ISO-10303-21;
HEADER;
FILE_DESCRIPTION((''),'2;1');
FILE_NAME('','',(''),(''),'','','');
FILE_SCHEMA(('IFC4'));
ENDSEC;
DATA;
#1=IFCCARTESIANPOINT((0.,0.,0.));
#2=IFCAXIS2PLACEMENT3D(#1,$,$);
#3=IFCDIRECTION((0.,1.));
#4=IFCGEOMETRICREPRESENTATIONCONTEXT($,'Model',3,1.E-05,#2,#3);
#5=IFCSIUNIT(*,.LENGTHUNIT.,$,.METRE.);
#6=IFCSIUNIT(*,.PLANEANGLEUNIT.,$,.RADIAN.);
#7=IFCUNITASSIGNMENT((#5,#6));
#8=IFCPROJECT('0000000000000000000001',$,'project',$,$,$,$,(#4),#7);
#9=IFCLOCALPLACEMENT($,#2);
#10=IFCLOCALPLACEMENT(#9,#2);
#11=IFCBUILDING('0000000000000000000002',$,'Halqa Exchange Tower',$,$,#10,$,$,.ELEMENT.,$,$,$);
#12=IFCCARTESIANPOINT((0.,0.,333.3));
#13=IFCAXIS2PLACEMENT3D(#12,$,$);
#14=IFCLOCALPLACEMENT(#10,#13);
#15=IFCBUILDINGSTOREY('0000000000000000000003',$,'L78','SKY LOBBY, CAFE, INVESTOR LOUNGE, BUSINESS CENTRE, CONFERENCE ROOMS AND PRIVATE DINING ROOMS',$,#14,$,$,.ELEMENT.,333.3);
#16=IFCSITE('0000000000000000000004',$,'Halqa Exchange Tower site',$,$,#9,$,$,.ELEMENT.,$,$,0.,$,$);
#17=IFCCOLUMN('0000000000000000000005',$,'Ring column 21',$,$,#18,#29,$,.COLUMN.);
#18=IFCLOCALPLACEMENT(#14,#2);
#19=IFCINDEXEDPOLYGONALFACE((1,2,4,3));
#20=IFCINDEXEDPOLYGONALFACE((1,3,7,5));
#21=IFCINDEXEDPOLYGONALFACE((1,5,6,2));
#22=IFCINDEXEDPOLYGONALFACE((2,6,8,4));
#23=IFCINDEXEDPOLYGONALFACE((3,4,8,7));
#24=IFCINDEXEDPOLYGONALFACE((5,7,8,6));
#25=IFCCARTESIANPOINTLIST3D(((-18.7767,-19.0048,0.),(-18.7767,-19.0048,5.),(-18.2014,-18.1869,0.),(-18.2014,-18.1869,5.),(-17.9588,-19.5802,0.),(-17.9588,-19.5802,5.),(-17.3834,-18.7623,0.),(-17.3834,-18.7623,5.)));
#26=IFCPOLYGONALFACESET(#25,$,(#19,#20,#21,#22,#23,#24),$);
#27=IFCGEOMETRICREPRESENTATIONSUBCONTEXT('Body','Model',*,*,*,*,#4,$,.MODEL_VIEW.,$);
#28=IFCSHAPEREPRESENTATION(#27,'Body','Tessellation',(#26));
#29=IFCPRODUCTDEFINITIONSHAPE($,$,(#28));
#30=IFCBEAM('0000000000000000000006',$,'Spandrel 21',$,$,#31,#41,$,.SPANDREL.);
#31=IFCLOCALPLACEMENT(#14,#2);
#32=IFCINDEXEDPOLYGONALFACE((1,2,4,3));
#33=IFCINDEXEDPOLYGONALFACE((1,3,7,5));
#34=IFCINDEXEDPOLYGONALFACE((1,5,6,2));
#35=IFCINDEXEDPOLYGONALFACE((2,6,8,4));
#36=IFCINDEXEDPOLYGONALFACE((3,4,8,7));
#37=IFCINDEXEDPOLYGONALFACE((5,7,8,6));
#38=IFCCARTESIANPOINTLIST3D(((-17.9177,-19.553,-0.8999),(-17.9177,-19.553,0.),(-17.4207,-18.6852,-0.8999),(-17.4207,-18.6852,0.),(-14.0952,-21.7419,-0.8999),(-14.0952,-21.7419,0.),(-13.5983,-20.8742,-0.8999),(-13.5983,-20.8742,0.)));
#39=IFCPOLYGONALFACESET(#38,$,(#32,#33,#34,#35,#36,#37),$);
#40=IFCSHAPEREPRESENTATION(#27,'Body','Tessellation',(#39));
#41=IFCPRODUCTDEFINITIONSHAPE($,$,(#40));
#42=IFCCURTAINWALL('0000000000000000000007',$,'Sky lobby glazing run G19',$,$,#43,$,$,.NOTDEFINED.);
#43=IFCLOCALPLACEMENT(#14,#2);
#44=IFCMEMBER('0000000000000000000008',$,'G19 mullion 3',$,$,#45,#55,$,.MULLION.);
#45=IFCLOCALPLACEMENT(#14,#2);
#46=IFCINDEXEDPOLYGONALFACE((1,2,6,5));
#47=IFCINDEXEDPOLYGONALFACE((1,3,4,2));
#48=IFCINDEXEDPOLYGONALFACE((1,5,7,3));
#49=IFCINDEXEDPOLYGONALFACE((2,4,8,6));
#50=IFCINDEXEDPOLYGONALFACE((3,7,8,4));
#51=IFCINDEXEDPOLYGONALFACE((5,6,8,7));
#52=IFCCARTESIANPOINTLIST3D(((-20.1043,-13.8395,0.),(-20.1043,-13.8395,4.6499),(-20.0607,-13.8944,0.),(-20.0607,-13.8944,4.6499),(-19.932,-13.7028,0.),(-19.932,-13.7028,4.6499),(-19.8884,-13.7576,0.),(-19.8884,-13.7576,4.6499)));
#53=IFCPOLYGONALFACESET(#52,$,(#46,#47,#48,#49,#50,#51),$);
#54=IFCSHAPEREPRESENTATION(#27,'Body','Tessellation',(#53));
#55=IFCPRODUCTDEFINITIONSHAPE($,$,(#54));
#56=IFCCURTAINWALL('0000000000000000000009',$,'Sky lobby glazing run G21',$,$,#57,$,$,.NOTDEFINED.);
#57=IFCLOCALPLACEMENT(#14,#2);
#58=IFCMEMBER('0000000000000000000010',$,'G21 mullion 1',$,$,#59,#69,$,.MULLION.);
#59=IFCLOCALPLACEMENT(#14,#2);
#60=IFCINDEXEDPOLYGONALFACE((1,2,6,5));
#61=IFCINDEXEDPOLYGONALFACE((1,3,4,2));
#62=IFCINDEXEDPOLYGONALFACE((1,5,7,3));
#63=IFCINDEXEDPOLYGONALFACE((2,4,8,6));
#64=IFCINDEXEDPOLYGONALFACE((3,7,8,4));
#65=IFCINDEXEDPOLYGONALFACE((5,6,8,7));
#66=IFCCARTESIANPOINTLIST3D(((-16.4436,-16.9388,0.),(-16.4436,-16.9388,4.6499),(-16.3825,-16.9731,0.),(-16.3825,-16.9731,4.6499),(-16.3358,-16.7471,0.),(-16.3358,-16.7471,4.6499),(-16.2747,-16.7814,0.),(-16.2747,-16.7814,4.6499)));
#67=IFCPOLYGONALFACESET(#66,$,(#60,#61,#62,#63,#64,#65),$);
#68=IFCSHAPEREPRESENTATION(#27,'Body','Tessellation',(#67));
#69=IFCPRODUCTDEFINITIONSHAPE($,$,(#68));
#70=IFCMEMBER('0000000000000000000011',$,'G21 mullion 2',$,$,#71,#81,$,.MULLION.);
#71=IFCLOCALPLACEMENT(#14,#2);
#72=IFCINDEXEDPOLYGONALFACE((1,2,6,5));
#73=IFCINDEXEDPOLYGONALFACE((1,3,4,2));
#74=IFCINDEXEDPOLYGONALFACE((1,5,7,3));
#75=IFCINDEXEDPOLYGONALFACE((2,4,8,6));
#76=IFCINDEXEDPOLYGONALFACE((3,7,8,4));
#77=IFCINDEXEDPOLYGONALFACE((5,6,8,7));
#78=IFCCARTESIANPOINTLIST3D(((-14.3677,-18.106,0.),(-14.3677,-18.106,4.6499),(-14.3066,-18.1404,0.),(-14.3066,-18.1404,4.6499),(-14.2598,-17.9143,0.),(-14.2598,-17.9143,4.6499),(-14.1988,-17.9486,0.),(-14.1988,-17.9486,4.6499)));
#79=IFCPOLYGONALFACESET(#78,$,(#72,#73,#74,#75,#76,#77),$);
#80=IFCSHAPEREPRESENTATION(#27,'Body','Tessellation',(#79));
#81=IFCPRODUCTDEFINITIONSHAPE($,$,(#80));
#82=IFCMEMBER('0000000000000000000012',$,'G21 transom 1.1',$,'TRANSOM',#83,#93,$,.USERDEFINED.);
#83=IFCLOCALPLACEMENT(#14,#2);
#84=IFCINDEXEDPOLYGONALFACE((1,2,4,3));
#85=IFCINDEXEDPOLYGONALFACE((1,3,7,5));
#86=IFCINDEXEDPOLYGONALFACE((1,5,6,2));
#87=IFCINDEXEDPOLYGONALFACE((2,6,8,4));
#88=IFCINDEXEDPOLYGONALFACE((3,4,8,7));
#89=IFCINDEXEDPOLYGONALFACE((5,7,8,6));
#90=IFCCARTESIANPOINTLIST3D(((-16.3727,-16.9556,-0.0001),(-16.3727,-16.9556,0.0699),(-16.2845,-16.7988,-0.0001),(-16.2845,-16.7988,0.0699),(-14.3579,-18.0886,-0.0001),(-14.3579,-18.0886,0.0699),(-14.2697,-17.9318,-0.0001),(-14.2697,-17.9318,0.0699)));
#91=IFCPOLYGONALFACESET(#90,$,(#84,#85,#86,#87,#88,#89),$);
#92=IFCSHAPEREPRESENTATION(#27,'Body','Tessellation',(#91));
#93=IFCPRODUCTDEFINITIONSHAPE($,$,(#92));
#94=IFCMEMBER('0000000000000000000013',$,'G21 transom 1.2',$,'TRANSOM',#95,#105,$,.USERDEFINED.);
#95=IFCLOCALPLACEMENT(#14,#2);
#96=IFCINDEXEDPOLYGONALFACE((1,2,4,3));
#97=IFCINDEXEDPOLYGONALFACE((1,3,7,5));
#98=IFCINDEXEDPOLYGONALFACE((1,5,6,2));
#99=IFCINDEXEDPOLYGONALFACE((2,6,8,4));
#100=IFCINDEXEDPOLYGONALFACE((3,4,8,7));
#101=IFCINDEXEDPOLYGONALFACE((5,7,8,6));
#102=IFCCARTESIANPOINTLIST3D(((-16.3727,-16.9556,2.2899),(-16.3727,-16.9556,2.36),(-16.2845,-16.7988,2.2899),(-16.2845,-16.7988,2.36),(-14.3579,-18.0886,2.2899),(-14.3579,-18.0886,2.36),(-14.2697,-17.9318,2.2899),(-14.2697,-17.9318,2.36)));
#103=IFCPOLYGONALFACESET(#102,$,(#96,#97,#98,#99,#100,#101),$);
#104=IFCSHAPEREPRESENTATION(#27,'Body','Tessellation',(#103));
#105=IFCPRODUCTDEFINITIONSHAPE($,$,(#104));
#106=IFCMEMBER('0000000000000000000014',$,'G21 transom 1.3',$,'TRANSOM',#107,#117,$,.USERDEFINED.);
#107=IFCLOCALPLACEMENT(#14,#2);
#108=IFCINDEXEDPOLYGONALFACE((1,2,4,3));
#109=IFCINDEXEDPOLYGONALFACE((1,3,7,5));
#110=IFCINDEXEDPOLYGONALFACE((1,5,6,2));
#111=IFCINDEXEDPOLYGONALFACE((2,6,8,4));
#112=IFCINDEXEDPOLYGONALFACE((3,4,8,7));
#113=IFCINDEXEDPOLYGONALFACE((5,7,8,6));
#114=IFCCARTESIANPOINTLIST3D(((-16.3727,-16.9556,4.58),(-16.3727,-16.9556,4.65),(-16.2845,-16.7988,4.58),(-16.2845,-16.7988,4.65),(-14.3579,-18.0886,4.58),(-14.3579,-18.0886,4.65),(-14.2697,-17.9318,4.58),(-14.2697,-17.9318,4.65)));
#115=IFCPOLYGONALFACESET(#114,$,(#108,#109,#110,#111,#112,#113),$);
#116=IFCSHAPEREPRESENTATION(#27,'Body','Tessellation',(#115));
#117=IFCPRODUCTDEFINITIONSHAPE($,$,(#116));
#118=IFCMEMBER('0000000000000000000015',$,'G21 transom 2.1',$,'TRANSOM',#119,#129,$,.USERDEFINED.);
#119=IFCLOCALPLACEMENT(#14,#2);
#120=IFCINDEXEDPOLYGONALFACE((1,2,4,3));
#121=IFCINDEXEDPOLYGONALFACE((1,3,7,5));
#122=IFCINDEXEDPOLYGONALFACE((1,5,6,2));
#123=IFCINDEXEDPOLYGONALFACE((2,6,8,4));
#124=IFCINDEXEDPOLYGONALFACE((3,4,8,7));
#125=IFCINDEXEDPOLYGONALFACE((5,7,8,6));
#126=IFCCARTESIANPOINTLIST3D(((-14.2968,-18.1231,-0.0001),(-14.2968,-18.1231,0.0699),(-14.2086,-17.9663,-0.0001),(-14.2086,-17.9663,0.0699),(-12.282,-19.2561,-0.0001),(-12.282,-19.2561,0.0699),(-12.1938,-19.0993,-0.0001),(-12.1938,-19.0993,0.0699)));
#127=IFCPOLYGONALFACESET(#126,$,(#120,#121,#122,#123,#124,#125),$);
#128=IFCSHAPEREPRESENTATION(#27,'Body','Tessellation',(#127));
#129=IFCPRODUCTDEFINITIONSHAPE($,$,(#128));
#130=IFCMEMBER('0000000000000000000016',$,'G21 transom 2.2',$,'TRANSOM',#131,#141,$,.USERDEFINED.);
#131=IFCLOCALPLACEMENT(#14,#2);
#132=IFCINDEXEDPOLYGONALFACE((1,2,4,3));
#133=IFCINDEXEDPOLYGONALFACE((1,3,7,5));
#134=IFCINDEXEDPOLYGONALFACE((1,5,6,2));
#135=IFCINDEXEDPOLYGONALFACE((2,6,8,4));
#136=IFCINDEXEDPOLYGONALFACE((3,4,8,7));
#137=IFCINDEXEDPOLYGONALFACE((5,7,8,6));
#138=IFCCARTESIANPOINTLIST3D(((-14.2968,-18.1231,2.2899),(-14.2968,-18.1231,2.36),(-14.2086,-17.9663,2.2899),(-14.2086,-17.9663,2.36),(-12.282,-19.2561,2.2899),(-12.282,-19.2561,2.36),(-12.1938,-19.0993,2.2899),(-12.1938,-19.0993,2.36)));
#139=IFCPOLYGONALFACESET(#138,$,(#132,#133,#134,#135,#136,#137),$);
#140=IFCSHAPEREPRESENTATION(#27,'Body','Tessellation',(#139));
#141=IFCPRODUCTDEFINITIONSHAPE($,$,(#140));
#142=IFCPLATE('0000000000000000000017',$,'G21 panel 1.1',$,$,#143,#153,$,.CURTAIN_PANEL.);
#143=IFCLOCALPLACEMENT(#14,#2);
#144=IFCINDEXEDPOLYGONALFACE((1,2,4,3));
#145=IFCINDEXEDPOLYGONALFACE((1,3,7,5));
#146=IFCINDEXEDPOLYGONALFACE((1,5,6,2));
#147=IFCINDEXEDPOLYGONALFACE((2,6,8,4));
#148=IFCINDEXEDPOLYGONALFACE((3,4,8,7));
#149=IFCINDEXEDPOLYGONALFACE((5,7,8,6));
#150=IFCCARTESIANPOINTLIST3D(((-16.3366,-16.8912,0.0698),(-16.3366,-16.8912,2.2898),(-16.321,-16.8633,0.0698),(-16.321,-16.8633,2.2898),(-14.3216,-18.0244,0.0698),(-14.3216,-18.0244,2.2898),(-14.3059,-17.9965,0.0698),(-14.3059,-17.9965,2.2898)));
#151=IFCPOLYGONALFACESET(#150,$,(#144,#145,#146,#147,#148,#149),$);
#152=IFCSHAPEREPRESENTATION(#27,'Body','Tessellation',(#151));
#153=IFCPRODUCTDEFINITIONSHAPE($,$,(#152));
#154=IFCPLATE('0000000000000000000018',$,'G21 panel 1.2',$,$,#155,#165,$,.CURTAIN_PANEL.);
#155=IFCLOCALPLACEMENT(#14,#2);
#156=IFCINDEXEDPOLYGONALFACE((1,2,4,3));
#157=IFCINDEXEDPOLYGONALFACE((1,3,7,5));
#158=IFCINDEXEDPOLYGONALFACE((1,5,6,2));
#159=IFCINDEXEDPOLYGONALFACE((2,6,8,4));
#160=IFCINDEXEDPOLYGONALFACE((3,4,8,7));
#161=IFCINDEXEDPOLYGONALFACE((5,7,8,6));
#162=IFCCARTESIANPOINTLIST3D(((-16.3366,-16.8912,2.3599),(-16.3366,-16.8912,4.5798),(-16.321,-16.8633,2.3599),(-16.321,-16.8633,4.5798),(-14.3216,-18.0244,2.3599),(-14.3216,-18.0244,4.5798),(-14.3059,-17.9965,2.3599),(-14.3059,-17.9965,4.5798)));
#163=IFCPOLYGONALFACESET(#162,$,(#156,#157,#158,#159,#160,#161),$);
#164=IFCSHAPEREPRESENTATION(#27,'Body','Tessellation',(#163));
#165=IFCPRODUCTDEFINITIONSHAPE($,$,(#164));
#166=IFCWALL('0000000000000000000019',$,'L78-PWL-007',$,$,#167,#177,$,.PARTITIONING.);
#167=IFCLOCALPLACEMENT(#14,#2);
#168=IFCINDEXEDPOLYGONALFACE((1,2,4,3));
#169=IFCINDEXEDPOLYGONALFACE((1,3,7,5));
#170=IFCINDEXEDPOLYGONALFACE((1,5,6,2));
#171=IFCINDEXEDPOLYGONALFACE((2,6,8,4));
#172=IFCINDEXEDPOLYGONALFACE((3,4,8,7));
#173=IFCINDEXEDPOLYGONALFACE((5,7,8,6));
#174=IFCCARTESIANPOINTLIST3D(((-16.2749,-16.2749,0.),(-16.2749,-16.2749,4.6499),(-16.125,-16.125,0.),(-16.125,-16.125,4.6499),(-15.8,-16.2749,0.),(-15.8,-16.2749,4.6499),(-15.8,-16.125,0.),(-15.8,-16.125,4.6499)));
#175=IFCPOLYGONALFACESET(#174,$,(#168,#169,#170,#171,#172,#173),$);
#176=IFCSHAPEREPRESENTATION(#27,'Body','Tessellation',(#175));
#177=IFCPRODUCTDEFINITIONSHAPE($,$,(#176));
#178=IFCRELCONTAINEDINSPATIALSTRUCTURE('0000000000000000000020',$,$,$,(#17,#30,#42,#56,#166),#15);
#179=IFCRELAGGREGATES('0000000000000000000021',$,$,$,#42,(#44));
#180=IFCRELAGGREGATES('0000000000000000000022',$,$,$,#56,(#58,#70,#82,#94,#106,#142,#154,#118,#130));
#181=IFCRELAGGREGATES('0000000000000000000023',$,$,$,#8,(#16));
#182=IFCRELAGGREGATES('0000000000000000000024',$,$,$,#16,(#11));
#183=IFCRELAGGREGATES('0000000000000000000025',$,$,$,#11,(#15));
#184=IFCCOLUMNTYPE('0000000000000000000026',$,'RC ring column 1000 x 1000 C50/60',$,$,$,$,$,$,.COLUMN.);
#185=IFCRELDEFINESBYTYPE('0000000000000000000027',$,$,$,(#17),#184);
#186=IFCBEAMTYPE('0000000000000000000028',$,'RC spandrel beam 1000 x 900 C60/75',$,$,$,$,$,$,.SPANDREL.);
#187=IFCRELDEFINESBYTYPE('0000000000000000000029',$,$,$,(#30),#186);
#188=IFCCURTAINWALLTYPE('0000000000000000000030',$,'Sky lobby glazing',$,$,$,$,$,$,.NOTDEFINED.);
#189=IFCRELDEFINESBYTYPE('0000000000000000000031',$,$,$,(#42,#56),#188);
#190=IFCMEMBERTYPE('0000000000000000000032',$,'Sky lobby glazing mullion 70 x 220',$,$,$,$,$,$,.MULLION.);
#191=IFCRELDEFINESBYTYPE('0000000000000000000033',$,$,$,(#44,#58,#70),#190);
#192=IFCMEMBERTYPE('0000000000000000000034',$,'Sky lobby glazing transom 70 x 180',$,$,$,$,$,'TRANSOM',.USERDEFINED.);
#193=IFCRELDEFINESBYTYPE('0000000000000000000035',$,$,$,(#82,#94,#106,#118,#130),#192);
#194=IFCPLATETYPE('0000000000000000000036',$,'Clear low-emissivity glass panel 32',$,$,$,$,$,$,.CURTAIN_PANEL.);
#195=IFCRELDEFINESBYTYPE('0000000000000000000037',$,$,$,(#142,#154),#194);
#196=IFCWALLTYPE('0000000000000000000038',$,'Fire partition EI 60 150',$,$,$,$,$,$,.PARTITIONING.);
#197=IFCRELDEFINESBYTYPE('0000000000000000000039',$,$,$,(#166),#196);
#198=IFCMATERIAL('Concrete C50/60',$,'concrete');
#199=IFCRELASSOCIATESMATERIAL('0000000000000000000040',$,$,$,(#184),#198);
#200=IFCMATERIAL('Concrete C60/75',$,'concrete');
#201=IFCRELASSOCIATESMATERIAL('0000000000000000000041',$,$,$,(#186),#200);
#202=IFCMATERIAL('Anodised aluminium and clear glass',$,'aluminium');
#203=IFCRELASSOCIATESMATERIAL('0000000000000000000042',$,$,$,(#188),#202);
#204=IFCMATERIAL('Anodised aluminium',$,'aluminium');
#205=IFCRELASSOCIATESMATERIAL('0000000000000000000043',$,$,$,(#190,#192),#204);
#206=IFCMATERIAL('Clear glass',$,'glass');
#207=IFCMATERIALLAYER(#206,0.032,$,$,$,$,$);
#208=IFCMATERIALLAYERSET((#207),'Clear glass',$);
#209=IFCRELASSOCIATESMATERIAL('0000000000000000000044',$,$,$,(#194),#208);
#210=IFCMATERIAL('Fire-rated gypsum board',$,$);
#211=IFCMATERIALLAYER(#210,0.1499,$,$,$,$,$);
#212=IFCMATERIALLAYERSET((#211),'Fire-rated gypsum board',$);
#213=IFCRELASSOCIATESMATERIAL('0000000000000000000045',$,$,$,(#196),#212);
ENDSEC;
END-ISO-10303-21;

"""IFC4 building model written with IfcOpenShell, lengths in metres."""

from ifc_helpers import new_model, si_unit, direction, frame, origin, origin_2d, place, context, subcontext, project, spatial, polyline, rectangle, outline, extrude, material, layer, layer_set, material_profile, profile_set, type_object, element, aggregate, save


model = new_model("IFC4")

# Units and contexts
model_context = context("Model", 3, precision=1e-05, world=origin(), true_north=direction((0.0, 1.0)))
body_context = subcontext(model_context, "Body", "Model", "MODEL_VIEW")
ifc_project = project(units=[si_unit("LENGTHUNIT", "METRE"), si_unit("PLANEANGLEUNIT", "RADIAN")], contexts=[model_context])

# Site, building, storey
site_placement = place(None, origin())
site = spatial("IfcSite", under=ifc_project, at=site_placement, Name="Halqa Exchange Tower site", CompositionType="ELEMENT", RefElevation=0.0)
building_placement = place(site_placement, origin())
building = spatial("IfcBuilding", under=site, at=building_placement, Name="Halqa Exchange Tower", CompositionType="ELEMENT")
storey_placement = place(building_placement, frame((0.0, 0.0, 333.3)))
storey = spatial("IfcBuildingStorey", under=building, at=storey_placement, Name="L78", Description="SKY LOBBY, CAFE, INVESTOR LOUNGE, BUSINESS CENTRE, CONFERENCE ROOMS AND PRIVATE DINING ROOMS", CompositionType="ELEMENT", Elevation=333.3)

# Column
ifc_material_1 = material(Name="Concrete C50/60", Category="concrete")
ifc_material_profile_1 = material_profile(ifc_material_1, rectangle(XDim=1.0, YDim=1.0, at=origin_2d()), Name="1000 x 1000")
ifc_profile_set_1 = profile_set([ifc_material_profile_1], Name="Concrete C50/60")
column_type = type_object("IfcColumnType", Name="RC ring column 1000 x 1000 C50/60", PredefinedType="COLUMN", material=ifc_profile_set_1)
column_placement = place(storey_placement, frame((-18.0801, -18.8835, 0.0), z_axis=(0.0, 0.0, 1.0), x_axis=(0.817907, -0.575351, 0.0)))
element("IfcColumn", 1, at=column_placement, inside=storey, type_object=column_type, Name="Ring column 21", PredefinedType="COLUMN", context=body_context, shape_type="SweptSolid", body=[
    extrude(rectangle(XDim=1.0, YDim=1.0, at=origin_2d()), origin(), (0.0, 0.0, 1.0), 5.0),
])

# Beam
ifc_material_2 = material(Name="Concrete C60/75", Category="concrete")
ifc_material_profile_2 = material_profile(ifc_material_2, rectangle(XDim=1.0, YDim=0.8999, at=origin_2d()), Name="1000 x 900")
ifc_profile_set_2 = profile_set([ifc_material_profile_2], Name="Concrete C60/75")
beam_type = type_object("IfcBeamType", Name="RC spandrel beam 1000 x 900 C60/75", PredefinedType="SPANDREL", material=ifc_profile_set_2)
beam_placement = place(storey_placement, frame((-17.6692, -19.1191, -0.45), z_axis=(0.867786, -0.496939, 0.0), x_axis=(0.496939, 0.867786, 0.0)))
element("IfcBeam", 2, at=beam_placement, inside=storey, type_object=beam_type, Name="Spandrel 21", PredefinedType="SPANDREL", context=body_context, shape_type="SweptSolid", body=[
    extrude(rectangle(XDim=1.0, YDim=0.8999, at=origin_2d()), origin(), (0.0, 0.0, 1.0), 4.4048),
])

# Curtain wall, member
ifc_material_3 = material(Name="Anodised aluminium and clear glass", Category="aluminium")
curtain_wall_type = type_object("IfcCurtainWallType", Name="Sky lobby glazing", PredefinedType="NOTDEFINED", material=ifc_material_3)
curtain_wall_1_placement = place(storey_placement, origin())
curtain_wall_1 = element("IfcCurtainWall", 3, at=curtain_wall_1_placement, inside=storey, type_object=curtain_wall_type, Name="Sky lobby glazing run G19", PredefinedType="NOTDEFINED")
ifc_material_4 = material(Name="Anodised aluminium", Category="aluminium")
ifc_material_profile_3 = material_profile(ifc_material_4, rectangle(XDim=0.22, YDim=0.0701, at=origin_2d()), Name="AL 70x220")
ifc_profile_set_3 = profile_set([ifc_material_profile_3], Name="Anodised aluminium")
member_type_1 = type_object("IfcMemberType", Name="Sky lobby glazing mullion 70 x 220", PredefinedType="MULLION", material=ifc_profile_set_3)
member_1_placement = place(storey_placement, frame((-19.9963, -13.7986, 0.0), z_axis=(0.0, 0.0, 1.0), x_axis=(0.783162, 0.621817, 0.0)))
member_1 = element("IfcMember", 4, at=member_1_placement, type_object=member_type_1, Name="G19 mullion 3", PredefinedType="MULLION", context=body_context, shape_type="SweptSolid", body=[
    extrude(rectangle(XDim=0.22, YDim=0.0701, at=origin_2d()), origin(), (0.0, 0.0, 1.0), 4.6499),
])
aggregate(curtain_wall_1, [member_1])

# Curtain wall, members, plates
curtain_wall_2_placement = place(storey_placement, origin())
curtain_wall_2 = element("IfcCurtainWall", 5, at=curtain_wall_2_placement, inside=storey, type_object=curtain_wall_type, Name="Sky lobby glazing run G21", PredefinedType="NOTDEFINED")
member_2_placement = place(storey_placement, frame((-16.3591, -16.8601, 0.0), z_axis=(0.0, 0.0, 1.0), x_axis=(0.490158, 0.871634, 0.0)))
member_2 = element("IfcMember", 6, at=member_2_placement, type_object=member_type_1, Name="G21 mullion 1", PredefinedType="MULLION", context=body_context, shape_type="SweptSolid", body=[
    extrude(rectangle(XDim=0.22, YDim=0.0701, at=origin_2d()), origin(), (0.0, 0.0, 1.0), 4.6499),
])
member_3_placement = place(storey_placement, frame((-14.2832, -18.0273, 0.0), z_axis=(0.0, 0.0, 1.0), x_axis=(0.490158, 0.871634, 0.0)))
member_3 = element("IfcMember", 7, at=member_3_placement, type_object=member_type_1, Name="G21 mullion 2", PredefinedType="MULLION", context=body_context, shape_type="SweptSolid", body=[
    extrude(rectangle(XDim=0.22, YDim=0.0701, at=origin_2d()), origin(), (0.0, 0.0, 1.0), 4.6499),
])
ifc_material_profile_4 = material_profile(ifc_material_4, rectangle(XDim=0.1799, YDim=0.0701, at=origin_2d()), Name="AL 70x180")
ifc_profile_set_4 = profile_set([ifc_material_profile_4], Name="Anodised aluminium")
member_type_2 = type_object("IfcMemberType", Name="Sky lobby glazing transom 70 x 180", ElementType="TRANSOM", PredefinedType="USERDEFINED", material=ifc_profile_set_4)
member_4_placement = place(storey_placement, frame((-16.3286, -16.8772, 0.0349), z_axis=(0.871635, -0.490156, 0.0), x_axis=(0.490156, 0.871635, 0.0)))
member_4 = element("IfcMember", 8, at=member_4_placement, type_object=member_type_2, Name="G21 transom 1.1", ObjectType="TRANSOM", PredefinedType="USERDEFINED", context=body_context, shape_type="SweptSolid", body=[
    extrude(rectangle(XDim=0.1799, YDim=0.0701, at=origin_2d()), origin(), (0.0, 0.0, 1.0), 2.3115),
])
member_5_placement = place(storey_placement, frame((-16.3286, -16.8772, 2.325), z_axis=(0.871635, -0.490156, 0.0), x_axis=(0.490156, 0.871635, 0.0)))
member_5 = element("IfcMember", 9, at=member_5_placement, type_object=member_type_2, Name="G21 transom 1.2", ObjectType="TRANSOM", PredefinedType="USERDEFINED", context=body_context, shape_type="SweptSolid", body=[
    extrude(rectangle(XDim=0.1799, YDim=0.0701, at=origin_2d()), origin(), (0.0, 0.0, 1.0), 2.3115),
])
member_6_placement = place(storey_placement, frame((-16.3286, -16.8772, 4.615), z_axis=(0.871635, -0.490156, 0.0), x_axis=(0.490156, 0.871635, 0.0)))
member_6 = element("IfcMember", 10, at=member_6_placement, type_object=member_type_2, Name="G21 transom 1.3", ObjectType="TRANSOM", PredefinedType="USERDEFINED", context=body_context, shape_type="SweptSolid", body=[
    extrude(rectangle(XDim=0.1799, YDim=0.0701, at=origin_2d()), origin(), (0.0, 0.0, 1.0), 2.3115),
])
member_7_placement = place(storey_placement, frame((-14.2527, -18.0447, 0.0349), z_axis=(0.871635, -0.490156, 0.0), x_axis=(0.490156, 0.871635, 0.0)))
member_7 = element("IfcMember", 11, at=member_7_placement, type_object=member_type_2, Name="G21 transom 2.1", ObjectType="TRANSOM", PredefinedType="USERDEFINED", context=body_context, shape_type="SweptSolid", body=[
    extrude(rectangle(XDim=0.1799, YDim=0.0701, at=origin_2d()), origin(), (0.0, 0.0, 1.0), 2.3115),
])
member_8_placement = place(storey_placement, frame((-14.2527, -18.0447, 2.325), z_axis=(0.871635, -0.490156, 0.0), x_axis=(0.490156, 0.871635, 0.0)))
member_8 = element("IfcMember", 12, at=member_8_placement, type_object=member_type_2, Name="G21 transom 2.2", ObjectType="TRANSOM", PredefinedType="USERDEFINED", context=body_context, shape_type="SweptSolid", body=[
    extrude(rectangle(XDim=0.1799, YDim=0.0701, at=origin_2d()), origin(), (0.0, 0.0, 1.0), 2.3115),
])
ifc_material_5 = material(Name="Clear glass", Category="glass")
ifc_layer_1 = layer(ifc_material_5, 0.032)
ifc_layer_set_1 = layer_set([ifc_layer_1], Name="Clear glass")
plate_type = type_object("IfcPlateType", Name="Clear low-emissivity glass panel 32", PredefinedType="CURTAIN_PANEL", material=ifc_layer_set_1)
plate_1_placement = place(storey_placement, frame((-15.3213, -17.4438, 0.0698), z_axis=(0.0, 0.0, 1.0), x_axis=(0.871634, -0.490158, 0.0)))
plate_1 = element("IfcPlate", 13, at=plate_1_placement, type_object=plate_type, Name="G21 panel 1.1", PredefinedType="CURTAIN_PANEL", context=body_context, shape_type="SweptSolid", body=[
    extrude(rectangle(XDim=2.3118, YDim=0.032, at=origin_2d()), origin(), (0.0, 0.0, 1.0), 2.22),
])
plate_2_placement = place(storey_placement, frame((-15.3213, -17.4438, 2.3599), z_axis=(0.0, 0.0, 1.0), x_axis=(0.871634, -0.490158, 0.0)))
plate_2 = element("IfcPlate", 14, at=plate_2_placement, type_object=plate_type, Name="G21 panel 1.2", PredefinedType="CURTAIN_PANEL", context=body_context, shape_type="SweptSolid", body=[
    extrude(rectangle(XDim=2.3118, YDim=0.032, at=origin_2d()), origin(), (0.0, 0.0, 1.0), 2.22),
])
aggregate(curtain_wall_2, [member_2, member_3, member_4, member_5, member_6, plate_1, plate_2, member_7, member_8])

# Shared definitions
ifc_material_6 = material(Name="Fire-rated gypsum board")
ifc_layer_2 = layer(ifc_material_6, 0.1499)
ifc_layer_set_2 = layer_set([ifc_layer_2], Name="Fire-rated gypsum board")
wall_type_1 = type_object("IfcWallType", Name="Fire partition EI 60 150", PredefinedType="PARTITIONING", material=ifc_layer_set_2)

# Wall
wall_1_placement = place(storey_placement, frame((-15.8, -16.2, 0.0), z_axis=(0.0, 0.0, 1.0), x_axis=(-1.0, 0.0, 0.0)))
element("IfcWall", 15, at=wall_1_placement, inside=storey, type_object=wall_type_1, Name="L78-PWL-007", PredefinedType="PARTITIONING", context=body_context, shape_type="SweptSolid", body=[
    extrude(outline(polyline([(0.0, -0.075), (0.325, -0.075), (0.4749, 0.075), (0.0, 0.075), (0.0, -0.075)])), origin(), (0.0, 0.0, 1.0), 4.6499),
])

save(model, "model.ifc")
